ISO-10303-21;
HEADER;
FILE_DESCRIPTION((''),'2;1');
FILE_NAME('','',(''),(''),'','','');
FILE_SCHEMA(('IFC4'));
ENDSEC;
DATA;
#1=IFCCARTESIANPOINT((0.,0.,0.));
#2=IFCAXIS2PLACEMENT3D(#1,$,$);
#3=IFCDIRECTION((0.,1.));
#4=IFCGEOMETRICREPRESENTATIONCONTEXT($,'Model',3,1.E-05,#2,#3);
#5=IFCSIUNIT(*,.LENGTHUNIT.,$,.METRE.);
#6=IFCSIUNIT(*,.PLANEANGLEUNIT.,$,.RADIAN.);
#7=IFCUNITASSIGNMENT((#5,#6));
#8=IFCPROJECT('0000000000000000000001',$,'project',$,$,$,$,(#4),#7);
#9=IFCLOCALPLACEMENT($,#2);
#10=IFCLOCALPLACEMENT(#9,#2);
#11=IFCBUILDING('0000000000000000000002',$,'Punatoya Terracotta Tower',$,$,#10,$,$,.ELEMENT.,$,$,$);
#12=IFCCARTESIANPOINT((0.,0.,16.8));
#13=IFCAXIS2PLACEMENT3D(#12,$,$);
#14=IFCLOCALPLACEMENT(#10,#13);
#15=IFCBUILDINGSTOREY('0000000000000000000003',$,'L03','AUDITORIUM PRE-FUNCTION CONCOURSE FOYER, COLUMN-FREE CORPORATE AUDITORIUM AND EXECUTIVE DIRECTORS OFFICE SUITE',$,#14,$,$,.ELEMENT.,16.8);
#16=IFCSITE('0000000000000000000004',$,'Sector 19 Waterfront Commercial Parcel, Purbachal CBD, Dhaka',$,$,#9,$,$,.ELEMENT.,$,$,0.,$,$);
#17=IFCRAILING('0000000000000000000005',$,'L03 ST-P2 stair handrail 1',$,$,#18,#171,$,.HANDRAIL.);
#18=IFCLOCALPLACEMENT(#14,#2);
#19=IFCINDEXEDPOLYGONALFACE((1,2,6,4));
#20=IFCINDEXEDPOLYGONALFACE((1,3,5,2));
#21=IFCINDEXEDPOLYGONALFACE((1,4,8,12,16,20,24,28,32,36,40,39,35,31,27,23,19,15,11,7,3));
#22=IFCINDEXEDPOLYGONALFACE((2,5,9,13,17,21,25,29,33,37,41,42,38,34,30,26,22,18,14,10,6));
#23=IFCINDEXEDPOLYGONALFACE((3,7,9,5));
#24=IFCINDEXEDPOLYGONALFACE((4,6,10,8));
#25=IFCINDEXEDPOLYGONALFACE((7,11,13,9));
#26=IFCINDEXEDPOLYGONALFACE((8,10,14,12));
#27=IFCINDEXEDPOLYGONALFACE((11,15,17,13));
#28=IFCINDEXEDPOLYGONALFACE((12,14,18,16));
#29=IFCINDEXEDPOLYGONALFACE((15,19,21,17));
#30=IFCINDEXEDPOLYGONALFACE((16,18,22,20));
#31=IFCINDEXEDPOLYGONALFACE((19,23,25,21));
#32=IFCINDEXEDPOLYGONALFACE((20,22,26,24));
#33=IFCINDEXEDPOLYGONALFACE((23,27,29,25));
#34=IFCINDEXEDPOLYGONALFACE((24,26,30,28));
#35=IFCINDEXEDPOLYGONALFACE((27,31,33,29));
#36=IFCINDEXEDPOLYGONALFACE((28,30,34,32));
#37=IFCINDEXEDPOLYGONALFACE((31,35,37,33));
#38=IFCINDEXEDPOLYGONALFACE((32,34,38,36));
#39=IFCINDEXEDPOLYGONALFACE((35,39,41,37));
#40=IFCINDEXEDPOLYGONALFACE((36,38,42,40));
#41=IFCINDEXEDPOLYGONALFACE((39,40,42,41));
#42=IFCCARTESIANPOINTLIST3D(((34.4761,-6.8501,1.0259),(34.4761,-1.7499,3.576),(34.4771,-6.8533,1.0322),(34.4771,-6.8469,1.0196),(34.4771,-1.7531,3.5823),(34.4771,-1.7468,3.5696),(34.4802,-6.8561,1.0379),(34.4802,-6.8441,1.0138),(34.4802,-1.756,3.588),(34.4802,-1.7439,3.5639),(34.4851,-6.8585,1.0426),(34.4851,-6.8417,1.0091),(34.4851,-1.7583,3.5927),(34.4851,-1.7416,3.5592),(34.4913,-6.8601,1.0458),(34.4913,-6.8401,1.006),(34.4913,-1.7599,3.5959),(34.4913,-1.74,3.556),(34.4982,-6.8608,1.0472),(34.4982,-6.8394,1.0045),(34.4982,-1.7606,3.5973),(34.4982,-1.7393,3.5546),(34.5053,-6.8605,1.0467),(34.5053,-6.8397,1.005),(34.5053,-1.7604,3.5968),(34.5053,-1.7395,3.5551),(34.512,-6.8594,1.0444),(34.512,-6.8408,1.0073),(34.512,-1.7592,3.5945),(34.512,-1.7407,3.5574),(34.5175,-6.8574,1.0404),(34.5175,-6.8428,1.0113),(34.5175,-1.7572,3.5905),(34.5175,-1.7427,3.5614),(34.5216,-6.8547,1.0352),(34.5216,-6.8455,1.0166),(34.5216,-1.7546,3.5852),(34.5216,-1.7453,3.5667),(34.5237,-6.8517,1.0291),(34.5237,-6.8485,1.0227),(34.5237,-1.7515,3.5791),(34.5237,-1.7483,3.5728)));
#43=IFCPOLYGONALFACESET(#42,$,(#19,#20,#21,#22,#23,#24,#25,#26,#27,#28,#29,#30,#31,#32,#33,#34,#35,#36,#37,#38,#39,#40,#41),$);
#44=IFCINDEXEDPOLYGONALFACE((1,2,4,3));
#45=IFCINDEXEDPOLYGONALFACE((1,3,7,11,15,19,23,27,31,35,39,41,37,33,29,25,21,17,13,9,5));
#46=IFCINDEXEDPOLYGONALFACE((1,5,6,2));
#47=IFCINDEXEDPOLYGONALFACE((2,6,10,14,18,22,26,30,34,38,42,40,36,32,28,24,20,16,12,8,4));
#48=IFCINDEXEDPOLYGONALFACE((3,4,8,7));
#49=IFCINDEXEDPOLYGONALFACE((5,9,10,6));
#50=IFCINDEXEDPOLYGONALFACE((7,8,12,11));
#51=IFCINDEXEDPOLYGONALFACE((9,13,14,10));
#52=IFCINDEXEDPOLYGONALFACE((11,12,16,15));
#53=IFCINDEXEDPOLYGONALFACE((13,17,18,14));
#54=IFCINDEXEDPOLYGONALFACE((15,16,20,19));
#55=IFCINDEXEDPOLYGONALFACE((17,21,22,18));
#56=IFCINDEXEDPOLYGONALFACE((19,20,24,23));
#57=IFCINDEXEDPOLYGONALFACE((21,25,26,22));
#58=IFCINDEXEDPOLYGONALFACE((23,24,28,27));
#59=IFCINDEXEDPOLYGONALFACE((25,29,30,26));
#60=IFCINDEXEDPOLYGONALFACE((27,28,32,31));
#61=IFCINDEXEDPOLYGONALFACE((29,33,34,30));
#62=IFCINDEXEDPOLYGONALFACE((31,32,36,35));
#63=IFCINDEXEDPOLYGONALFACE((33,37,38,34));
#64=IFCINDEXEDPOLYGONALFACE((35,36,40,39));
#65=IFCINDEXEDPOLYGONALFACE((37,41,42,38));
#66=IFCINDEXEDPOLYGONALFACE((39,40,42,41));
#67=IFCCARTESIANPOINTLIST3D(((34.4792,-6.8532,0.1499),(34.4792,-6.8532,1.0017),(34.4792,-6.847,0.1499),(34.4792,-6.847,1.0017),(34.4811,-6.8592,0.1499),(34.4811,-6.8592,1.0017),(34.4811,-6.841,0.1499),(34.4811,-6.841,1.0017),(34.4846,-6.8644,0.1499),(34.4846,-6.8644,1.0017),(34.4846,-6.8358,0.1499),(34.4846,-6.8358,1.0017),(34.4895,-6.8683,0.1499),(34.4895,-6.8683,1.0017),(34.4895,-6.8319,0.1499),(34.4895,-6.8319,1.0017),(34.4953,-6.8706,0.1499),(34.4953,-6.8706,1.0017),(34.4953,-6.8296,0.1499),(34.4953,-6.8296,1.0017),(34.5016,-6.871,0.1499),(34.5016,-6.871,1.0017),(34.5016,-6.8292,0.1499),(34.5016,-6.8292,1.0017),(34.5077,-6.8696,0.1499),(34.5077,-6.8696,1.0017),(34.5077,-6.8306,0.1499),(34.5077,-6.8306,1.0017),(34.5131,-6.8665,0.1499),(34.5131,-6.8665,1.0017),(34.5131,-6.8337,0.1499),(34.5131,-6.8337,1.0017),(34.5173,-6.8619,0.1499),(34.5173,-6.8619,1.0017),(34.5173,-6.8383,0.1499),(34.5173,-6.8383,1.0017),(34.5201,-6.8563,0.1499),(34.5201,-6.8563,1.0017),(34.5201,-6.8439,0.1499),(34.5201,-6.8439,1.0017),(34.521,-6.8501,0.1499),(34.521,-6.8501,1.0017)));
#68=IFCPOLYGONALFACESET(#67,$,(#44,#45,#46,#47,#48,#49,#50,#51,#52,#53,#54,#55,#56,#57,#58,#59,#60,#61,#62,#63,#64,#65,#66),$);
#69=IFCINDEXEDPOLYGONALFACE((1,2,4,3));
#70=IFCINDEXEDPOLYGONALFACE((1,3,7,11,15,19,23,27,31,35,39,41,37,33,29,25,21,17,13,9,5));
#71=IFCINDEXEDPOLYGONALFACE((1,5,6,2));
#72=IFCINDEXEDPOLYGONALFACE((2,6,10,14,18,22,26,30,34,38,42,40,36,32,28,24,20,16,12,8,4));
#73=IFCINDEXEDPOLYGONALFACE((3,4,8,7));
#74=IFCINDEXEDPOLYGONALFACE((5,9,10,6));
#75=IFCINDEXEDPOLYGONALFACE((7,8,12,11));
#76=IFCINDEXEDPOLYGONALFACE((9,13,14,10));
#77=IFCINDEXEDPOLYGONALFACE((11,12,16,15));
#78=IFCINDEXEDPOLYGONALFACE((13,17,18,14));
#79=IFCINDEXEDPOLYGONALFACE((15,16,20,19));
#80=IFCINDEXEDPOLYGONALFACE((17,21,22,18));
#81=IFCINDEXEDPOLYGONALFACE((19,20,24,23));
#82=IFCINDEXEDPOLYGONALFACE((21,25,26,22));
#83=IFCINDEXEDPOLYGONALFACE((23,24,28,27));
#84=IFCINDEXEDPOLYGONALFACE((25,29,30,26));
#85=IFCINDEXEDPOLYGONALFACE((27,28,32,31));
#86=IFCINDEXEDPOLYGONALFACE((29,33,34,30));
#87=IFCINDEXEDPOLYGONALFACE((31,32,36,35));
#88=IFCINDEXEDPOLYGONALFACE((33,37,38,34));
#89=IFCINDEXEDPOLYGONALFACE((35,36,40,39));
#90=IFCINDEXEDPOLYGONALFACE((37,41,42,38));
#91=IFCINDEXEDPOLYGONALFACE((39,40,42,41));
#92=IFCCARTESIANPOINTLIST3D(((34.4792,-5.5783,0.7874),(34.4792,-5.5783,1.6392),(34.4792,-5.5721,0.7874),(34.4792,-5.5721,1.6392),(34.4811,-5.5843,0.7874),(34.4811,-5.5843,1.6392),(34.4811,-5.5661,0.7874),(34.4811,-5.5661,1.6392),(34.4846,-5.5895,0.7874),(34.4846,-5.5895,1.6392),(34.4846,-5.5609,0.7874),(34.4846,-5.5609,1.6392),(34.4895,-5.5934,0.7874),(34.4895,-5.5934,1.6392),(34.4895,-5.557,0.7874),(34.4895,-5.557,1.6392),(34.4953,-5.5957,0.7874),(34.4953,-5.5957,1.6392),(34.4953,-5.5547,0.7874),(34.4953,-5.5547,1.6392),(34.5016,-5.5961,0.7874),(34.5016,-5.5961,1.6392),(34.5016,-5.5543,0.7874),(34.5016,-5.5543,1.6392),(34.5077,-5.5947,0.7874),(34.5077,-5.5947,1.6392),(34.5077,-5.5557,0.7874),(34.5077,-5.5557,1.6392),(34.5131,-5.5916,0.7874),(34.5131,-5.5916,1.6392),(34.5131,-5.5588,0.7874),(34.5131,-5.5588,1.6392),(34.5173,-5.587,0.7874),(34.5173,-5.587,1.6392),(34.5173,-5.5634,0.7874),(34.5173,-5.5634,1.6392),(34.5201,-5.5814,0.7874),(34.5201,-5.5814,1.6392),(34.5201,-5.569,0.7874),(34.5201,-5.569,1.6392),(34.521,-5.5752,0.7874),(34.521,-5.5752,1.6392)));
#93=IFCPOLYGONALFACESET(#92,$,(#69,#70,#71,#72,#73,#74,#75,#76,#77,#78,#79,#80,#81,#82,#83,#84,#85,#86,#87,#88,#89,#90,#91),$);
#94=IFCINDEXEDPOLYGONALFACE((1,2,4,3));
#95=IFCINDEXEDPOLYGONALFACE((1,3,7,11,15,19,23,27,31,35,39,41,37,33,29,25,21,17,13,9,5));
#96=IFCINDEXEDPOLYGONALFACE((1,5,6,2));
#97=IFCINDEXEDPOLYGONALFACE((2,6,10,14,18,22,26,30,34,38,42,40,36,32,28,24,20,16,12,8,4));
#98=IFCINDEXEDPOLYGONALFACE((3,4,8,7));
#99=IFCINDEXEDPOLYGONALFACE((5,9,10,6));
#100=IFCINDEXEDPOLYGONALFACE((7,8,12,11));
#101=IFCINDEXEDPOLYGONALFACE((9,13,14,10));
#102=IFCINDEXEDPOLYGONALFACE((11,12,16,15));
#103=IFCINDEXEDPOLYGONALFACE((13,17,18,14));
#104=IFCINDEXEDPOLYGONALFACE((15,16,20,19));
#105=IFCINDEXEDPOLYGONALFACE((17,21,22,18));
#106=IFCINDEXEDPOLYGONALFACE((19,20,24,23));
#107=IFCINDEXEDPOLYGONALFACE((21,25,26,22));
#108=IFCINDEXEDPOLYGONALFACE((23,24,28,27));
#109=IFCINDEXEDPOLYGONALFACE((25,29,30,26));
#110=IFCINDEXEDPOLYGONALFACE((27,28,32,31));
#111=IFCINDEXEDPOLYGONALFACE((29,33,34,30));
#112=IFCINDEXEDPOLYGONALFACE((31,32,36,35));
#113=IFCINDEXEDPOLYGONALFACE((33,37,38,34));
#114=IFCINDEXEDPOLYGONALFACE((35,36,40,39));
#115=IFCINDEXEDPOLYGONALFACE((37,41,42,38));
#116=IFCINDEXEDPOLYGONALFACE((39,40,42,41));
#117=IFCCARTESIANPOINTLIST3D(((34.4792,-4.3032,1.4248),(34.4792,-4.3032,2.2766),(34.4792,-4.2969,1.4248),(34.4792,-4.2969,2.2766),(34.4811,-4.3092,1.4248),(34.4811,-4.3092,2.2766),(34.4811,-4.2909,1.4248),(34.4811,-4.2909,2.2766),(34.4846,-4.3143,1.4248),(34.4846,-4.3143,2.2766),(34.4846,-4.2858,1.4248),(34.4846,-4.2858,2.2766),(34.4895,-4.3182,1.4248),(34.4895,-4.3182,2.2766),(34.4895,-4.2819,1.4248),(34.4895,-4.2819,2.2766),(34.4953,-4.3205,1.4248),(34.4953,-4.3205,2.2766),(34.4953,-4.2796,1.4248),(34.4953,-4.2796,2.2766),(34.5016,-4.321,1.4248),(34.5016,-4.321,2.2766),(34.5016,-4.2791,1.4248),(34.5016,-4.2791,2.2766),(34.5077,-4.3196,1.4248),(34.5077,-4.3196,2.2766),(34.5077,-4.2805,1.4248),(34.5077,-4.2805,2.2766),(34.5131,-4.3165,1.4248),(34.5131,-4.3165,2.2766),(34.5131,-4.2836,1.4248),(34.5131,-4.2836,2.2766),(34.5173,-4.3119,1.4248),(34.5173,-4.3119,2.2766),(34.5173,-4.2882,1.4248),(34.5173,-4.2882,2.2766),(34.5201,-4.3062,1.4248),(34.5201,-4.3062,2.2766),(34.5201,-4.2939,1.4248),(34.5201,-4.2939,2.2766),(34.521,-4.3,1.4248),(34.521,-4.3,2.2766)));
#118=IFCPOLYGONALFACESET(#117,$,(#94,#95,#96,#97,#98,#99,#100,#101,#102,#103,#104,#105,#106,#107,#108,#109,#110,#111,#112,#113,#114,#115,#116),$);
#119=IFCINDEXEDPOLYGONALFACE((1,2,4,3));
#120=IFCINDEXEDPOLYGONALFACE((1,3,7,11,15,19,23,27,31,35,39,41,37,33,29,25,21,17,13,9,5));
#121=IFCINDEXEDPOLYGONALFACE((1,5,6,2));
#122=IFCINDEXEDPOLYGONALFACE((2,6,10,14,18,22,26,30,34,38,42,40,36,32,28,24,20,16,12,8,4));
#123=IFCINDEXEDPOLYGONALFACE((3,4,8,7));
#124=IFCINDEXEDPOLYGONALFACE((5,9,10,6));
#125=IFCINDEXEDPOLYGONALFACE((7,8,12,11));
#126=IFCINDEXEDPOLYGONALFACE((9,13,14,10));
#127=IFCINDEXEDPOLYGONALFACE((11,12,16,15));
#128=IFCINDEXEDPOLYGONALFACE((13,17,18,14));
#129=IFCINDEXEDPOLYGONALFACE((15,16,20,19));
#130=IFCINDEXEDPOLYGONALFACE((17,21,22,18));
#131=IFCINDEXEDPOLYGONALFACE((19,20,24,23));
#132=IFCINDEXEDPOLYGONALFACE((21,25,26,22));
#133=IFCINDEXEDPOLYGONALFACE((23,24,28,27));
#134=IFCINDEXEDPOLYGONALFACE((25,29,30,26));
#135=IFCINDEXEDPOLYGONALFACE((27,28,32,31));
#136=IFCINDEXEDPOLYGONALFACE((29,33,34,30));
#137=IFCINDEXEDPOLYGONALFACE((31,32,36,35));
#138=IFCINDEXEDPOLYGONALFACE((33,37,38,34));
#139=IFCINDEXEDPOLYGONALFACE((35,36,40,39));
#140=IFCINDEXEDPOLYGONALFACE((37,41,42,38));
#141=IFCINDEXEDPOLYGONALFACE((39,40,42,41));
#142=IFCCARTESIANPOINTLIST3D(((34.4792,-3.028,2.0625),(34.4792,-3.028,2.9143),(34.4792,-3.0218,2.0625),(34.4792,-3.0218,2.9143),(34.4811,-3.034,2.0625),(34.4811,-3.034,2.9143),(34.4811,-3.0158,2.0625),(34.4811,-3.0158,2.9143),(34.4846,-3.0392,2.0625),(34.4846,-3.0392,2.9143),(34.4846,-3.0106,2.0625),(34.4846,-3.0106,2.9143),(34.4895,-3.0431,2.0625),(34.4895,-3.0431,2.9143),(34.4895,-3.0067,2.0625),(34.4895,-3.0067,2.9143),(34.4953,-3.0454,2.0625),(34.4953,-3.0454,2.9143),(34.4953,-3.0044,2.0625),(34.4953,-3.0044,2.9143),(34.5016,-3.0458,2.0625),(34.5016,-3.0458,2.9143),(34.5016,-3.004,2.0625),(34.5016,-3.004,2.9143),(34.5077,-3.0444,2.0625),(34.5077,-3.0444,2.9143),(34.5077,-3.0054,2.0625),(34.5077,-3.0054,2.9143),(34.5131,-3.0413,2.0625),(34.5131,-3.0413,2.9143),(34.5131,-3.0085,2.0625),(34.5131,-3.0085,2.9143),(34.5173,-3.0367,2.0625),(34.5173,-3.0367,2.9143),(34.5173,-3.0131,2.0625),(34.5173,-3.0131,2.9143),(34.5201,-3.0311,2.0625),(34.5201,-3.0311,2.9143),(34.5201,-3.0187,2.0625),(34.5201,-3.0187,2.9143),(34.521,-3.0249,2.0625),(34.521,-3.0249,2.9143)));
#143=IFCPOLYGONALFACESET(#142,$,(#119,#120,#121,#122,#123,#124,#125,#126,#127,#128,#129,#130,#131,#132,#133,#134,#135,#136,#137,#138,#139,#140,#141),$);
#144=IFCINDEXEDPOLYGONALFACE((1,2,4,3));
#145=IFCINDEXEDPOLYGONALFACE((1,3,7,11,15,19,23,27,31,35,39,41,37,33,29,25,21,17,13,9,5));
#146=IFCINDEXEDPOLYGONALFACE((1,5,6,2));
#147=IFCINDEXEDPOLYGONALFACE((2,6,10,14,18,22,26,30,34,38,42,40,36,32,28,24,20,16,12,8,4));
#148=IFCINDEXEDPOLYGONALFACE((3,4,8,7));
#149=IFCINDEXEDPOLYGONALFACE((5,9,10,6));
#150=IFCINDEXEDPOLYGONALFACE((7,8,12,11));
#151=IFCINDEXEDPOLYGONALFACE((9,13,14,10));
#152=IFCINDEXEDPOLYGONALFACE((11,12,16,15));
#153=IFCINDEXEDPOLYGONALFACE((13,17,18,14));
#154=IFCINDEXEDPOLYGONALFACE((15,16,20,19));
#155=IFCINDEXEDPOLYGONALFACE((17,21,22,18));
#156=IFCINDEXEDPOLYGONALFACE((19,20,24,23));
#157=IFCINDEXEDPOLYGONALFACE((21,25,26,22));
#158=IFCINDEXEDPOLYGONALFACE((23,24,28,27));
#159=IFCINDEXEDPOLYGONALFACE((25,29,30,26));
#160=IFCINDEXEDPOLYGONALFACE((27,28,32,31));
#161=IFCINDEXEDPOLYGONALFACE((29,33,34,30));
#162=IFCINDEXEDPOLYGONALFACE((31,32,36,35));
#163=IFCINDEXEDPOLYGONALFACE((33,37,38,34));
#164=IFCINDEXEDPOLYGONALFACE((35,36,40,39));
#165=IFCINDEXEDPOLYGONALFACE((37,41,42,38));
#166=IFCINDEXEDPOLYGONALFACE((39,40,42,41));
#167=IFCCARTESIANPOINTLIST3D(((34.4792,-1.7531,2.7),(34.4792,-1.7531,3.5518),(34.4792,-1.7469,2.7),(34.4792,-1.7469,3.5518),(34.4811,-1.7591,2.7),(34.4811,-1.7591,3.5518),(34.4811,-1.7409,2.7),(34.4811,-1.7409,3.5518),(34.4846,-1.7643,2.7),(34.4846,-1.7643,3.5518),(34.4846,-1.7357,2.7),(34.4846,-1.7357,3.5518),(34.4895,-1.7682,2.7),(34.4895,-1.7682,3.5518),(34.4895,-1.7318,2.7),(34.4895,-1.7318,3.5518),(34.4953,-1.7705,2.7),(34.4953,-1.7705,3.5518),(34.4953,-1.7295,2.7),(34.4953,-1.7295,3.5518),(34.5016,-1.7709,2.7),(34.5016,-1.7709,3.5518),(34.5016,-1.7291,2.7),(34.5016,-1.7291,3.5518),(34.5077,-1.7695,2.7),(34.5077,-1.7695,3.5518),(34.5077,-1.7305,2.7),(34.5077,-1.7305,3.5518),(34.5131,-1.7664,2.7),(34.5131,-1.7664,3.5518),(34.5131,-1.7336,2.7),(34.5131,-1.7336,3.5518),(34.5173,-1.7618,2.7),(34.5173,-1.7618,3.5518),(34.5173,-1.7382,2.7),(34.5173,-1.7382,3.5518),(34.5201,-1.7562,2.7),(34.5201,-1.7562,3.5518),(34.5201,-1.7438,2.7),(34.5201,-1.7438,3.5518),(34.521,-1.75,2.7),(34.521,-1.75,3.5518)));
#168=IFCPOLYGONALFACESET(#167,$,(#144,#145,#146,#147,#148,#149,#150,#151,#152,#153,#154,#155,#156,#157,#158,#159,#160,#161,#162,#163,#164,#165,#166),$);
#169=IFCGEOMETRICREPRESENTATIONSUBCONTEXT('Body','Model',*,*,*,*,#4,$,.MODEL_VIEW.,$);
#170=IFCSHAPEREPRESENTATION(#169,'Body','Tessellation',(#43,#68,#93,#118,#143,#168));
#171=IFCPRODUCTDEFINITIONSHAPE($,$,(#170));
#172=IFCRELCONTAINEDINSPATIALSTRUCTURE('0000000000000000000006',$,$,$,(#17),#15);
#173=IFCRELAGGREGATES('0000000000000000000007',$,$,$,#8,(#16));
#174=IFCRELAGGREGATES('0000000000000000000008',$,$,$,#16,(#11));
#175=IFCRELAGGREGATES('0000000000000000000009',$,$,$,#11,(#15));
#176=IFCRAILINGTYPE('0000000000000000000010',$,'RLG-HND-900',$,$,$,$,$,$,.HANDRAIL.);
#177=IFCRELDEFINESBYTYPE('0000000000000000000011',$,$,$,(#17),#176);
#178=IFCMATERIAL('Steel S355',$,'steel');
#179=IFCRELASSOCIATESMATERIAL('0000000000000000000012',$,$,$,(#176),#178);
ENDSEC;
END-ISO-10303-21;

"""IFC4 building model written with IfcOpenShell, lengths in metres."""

from ifc_helpers import new_model, si_unit, direction, frame, origin, origin_2d, place, context, subcontext, project, spatial, circle, extrude, material, type_object, element, save


model = new_model("IFC4")

# Units and contexts
model_context = context("Model", 3, precision=1e-05, world=origin(), true_north=direction((0.0, 1.0)))
body_context = subcontext(model_context, "Body", "Model", "MODEL_VIEW")
ifc_project = project(units=[si_unit("LENGTHUNIT", "METRE"), si_unit("PLANEANGLEUNIT", "RADIAN")], contexts=[model_context])

# Site, building, storey
site_placement = place(None, origin())
site = spatial("IfcSite", under=ifc_project, at=site_placement, Name="Sector 19 Waterfront Commercial Parcel, Purbachal CBD, Dhaka", CompositionType="ELEMENT", RefElevation=0.0)
building_placement = place(site_placement, origin())
building = spatial("IfcBuilding", under=site, at=building_placement, Name="Punatoya Terracotta Tower", CompositionType="ELEMENT")
storey_placement = place(building_placement, frame((0.0, 0.0, 16.8)))
storey = spatial("IfcBuildingStorey", under=building, at=storey_placement, Name="L03", Description="AUDITORIUM PRE-FUNCTION CONCOURSE FOYER, COLUMN-FREE CORPORATE AUDITORIUM AND EXECUTIVE DIRECTORS OFFICE SUITE", CompositionType="ELEMENT", Elevation=16.8)

# Shared definitions
ifc_material_1 = material(Name="Steel S355", Category="steel")

# Railing
railing_type_1 = type_object("IfcRailingType", Name="RLG-HND-900", PredefinedType="HANDRAIL", material=ifc_material_1)
railing_1_placement = place(storey_placement, frame((34.5, -6.8501, 0.1499)))
element("IfcRailing", 1, at=railing_1_placement, inside=storey, type_object=railing_type_1, Name="L03 ST-P2 stair handrail 1", PredefinedType="HANDRAIL", context=body_context, shape_type="SweptSolid", body=[
    extrude(circle(Radius=0.0239, at=origin_2d()), frame((0.0, 0.0, 0.876), z_axis=(0.0, 0.894427, 0.447214), x_axis=(-1.0, 0.0, 0.0)), (0.0, 0.0, 1.0), 5.7021),
    extrude(circle(Radius=0.021, at=origin_2d()), origin(), (0.0, 0.0, 1.0), 0.8518),
    extrude(circle(Radius=0.021, at=origin_2d()), frame((0.0, 1.2749, 0.6375)), (0.0, 0.0, 1.0), 0.8518),
    extrude(circle(Radius=0.021, at=origin_2d()), frame((0.0, 2.55, 1.2749)), (0.0, 0.0, 1.0), 0.8518),
    extrude(circle(Radius=0.021, at=origin_2d()), frame((0.0, 3.8252, 1.9126)), (0.0, 0.0, 1.0), 0.8518),
    extrude(circle(Radius=0.021, at=origin_2d()), frame((0.0, 5.1001, 2.55)), (0.0, 0.0, 1.0), 0.8518),
])

save(model, "model.ifc")
